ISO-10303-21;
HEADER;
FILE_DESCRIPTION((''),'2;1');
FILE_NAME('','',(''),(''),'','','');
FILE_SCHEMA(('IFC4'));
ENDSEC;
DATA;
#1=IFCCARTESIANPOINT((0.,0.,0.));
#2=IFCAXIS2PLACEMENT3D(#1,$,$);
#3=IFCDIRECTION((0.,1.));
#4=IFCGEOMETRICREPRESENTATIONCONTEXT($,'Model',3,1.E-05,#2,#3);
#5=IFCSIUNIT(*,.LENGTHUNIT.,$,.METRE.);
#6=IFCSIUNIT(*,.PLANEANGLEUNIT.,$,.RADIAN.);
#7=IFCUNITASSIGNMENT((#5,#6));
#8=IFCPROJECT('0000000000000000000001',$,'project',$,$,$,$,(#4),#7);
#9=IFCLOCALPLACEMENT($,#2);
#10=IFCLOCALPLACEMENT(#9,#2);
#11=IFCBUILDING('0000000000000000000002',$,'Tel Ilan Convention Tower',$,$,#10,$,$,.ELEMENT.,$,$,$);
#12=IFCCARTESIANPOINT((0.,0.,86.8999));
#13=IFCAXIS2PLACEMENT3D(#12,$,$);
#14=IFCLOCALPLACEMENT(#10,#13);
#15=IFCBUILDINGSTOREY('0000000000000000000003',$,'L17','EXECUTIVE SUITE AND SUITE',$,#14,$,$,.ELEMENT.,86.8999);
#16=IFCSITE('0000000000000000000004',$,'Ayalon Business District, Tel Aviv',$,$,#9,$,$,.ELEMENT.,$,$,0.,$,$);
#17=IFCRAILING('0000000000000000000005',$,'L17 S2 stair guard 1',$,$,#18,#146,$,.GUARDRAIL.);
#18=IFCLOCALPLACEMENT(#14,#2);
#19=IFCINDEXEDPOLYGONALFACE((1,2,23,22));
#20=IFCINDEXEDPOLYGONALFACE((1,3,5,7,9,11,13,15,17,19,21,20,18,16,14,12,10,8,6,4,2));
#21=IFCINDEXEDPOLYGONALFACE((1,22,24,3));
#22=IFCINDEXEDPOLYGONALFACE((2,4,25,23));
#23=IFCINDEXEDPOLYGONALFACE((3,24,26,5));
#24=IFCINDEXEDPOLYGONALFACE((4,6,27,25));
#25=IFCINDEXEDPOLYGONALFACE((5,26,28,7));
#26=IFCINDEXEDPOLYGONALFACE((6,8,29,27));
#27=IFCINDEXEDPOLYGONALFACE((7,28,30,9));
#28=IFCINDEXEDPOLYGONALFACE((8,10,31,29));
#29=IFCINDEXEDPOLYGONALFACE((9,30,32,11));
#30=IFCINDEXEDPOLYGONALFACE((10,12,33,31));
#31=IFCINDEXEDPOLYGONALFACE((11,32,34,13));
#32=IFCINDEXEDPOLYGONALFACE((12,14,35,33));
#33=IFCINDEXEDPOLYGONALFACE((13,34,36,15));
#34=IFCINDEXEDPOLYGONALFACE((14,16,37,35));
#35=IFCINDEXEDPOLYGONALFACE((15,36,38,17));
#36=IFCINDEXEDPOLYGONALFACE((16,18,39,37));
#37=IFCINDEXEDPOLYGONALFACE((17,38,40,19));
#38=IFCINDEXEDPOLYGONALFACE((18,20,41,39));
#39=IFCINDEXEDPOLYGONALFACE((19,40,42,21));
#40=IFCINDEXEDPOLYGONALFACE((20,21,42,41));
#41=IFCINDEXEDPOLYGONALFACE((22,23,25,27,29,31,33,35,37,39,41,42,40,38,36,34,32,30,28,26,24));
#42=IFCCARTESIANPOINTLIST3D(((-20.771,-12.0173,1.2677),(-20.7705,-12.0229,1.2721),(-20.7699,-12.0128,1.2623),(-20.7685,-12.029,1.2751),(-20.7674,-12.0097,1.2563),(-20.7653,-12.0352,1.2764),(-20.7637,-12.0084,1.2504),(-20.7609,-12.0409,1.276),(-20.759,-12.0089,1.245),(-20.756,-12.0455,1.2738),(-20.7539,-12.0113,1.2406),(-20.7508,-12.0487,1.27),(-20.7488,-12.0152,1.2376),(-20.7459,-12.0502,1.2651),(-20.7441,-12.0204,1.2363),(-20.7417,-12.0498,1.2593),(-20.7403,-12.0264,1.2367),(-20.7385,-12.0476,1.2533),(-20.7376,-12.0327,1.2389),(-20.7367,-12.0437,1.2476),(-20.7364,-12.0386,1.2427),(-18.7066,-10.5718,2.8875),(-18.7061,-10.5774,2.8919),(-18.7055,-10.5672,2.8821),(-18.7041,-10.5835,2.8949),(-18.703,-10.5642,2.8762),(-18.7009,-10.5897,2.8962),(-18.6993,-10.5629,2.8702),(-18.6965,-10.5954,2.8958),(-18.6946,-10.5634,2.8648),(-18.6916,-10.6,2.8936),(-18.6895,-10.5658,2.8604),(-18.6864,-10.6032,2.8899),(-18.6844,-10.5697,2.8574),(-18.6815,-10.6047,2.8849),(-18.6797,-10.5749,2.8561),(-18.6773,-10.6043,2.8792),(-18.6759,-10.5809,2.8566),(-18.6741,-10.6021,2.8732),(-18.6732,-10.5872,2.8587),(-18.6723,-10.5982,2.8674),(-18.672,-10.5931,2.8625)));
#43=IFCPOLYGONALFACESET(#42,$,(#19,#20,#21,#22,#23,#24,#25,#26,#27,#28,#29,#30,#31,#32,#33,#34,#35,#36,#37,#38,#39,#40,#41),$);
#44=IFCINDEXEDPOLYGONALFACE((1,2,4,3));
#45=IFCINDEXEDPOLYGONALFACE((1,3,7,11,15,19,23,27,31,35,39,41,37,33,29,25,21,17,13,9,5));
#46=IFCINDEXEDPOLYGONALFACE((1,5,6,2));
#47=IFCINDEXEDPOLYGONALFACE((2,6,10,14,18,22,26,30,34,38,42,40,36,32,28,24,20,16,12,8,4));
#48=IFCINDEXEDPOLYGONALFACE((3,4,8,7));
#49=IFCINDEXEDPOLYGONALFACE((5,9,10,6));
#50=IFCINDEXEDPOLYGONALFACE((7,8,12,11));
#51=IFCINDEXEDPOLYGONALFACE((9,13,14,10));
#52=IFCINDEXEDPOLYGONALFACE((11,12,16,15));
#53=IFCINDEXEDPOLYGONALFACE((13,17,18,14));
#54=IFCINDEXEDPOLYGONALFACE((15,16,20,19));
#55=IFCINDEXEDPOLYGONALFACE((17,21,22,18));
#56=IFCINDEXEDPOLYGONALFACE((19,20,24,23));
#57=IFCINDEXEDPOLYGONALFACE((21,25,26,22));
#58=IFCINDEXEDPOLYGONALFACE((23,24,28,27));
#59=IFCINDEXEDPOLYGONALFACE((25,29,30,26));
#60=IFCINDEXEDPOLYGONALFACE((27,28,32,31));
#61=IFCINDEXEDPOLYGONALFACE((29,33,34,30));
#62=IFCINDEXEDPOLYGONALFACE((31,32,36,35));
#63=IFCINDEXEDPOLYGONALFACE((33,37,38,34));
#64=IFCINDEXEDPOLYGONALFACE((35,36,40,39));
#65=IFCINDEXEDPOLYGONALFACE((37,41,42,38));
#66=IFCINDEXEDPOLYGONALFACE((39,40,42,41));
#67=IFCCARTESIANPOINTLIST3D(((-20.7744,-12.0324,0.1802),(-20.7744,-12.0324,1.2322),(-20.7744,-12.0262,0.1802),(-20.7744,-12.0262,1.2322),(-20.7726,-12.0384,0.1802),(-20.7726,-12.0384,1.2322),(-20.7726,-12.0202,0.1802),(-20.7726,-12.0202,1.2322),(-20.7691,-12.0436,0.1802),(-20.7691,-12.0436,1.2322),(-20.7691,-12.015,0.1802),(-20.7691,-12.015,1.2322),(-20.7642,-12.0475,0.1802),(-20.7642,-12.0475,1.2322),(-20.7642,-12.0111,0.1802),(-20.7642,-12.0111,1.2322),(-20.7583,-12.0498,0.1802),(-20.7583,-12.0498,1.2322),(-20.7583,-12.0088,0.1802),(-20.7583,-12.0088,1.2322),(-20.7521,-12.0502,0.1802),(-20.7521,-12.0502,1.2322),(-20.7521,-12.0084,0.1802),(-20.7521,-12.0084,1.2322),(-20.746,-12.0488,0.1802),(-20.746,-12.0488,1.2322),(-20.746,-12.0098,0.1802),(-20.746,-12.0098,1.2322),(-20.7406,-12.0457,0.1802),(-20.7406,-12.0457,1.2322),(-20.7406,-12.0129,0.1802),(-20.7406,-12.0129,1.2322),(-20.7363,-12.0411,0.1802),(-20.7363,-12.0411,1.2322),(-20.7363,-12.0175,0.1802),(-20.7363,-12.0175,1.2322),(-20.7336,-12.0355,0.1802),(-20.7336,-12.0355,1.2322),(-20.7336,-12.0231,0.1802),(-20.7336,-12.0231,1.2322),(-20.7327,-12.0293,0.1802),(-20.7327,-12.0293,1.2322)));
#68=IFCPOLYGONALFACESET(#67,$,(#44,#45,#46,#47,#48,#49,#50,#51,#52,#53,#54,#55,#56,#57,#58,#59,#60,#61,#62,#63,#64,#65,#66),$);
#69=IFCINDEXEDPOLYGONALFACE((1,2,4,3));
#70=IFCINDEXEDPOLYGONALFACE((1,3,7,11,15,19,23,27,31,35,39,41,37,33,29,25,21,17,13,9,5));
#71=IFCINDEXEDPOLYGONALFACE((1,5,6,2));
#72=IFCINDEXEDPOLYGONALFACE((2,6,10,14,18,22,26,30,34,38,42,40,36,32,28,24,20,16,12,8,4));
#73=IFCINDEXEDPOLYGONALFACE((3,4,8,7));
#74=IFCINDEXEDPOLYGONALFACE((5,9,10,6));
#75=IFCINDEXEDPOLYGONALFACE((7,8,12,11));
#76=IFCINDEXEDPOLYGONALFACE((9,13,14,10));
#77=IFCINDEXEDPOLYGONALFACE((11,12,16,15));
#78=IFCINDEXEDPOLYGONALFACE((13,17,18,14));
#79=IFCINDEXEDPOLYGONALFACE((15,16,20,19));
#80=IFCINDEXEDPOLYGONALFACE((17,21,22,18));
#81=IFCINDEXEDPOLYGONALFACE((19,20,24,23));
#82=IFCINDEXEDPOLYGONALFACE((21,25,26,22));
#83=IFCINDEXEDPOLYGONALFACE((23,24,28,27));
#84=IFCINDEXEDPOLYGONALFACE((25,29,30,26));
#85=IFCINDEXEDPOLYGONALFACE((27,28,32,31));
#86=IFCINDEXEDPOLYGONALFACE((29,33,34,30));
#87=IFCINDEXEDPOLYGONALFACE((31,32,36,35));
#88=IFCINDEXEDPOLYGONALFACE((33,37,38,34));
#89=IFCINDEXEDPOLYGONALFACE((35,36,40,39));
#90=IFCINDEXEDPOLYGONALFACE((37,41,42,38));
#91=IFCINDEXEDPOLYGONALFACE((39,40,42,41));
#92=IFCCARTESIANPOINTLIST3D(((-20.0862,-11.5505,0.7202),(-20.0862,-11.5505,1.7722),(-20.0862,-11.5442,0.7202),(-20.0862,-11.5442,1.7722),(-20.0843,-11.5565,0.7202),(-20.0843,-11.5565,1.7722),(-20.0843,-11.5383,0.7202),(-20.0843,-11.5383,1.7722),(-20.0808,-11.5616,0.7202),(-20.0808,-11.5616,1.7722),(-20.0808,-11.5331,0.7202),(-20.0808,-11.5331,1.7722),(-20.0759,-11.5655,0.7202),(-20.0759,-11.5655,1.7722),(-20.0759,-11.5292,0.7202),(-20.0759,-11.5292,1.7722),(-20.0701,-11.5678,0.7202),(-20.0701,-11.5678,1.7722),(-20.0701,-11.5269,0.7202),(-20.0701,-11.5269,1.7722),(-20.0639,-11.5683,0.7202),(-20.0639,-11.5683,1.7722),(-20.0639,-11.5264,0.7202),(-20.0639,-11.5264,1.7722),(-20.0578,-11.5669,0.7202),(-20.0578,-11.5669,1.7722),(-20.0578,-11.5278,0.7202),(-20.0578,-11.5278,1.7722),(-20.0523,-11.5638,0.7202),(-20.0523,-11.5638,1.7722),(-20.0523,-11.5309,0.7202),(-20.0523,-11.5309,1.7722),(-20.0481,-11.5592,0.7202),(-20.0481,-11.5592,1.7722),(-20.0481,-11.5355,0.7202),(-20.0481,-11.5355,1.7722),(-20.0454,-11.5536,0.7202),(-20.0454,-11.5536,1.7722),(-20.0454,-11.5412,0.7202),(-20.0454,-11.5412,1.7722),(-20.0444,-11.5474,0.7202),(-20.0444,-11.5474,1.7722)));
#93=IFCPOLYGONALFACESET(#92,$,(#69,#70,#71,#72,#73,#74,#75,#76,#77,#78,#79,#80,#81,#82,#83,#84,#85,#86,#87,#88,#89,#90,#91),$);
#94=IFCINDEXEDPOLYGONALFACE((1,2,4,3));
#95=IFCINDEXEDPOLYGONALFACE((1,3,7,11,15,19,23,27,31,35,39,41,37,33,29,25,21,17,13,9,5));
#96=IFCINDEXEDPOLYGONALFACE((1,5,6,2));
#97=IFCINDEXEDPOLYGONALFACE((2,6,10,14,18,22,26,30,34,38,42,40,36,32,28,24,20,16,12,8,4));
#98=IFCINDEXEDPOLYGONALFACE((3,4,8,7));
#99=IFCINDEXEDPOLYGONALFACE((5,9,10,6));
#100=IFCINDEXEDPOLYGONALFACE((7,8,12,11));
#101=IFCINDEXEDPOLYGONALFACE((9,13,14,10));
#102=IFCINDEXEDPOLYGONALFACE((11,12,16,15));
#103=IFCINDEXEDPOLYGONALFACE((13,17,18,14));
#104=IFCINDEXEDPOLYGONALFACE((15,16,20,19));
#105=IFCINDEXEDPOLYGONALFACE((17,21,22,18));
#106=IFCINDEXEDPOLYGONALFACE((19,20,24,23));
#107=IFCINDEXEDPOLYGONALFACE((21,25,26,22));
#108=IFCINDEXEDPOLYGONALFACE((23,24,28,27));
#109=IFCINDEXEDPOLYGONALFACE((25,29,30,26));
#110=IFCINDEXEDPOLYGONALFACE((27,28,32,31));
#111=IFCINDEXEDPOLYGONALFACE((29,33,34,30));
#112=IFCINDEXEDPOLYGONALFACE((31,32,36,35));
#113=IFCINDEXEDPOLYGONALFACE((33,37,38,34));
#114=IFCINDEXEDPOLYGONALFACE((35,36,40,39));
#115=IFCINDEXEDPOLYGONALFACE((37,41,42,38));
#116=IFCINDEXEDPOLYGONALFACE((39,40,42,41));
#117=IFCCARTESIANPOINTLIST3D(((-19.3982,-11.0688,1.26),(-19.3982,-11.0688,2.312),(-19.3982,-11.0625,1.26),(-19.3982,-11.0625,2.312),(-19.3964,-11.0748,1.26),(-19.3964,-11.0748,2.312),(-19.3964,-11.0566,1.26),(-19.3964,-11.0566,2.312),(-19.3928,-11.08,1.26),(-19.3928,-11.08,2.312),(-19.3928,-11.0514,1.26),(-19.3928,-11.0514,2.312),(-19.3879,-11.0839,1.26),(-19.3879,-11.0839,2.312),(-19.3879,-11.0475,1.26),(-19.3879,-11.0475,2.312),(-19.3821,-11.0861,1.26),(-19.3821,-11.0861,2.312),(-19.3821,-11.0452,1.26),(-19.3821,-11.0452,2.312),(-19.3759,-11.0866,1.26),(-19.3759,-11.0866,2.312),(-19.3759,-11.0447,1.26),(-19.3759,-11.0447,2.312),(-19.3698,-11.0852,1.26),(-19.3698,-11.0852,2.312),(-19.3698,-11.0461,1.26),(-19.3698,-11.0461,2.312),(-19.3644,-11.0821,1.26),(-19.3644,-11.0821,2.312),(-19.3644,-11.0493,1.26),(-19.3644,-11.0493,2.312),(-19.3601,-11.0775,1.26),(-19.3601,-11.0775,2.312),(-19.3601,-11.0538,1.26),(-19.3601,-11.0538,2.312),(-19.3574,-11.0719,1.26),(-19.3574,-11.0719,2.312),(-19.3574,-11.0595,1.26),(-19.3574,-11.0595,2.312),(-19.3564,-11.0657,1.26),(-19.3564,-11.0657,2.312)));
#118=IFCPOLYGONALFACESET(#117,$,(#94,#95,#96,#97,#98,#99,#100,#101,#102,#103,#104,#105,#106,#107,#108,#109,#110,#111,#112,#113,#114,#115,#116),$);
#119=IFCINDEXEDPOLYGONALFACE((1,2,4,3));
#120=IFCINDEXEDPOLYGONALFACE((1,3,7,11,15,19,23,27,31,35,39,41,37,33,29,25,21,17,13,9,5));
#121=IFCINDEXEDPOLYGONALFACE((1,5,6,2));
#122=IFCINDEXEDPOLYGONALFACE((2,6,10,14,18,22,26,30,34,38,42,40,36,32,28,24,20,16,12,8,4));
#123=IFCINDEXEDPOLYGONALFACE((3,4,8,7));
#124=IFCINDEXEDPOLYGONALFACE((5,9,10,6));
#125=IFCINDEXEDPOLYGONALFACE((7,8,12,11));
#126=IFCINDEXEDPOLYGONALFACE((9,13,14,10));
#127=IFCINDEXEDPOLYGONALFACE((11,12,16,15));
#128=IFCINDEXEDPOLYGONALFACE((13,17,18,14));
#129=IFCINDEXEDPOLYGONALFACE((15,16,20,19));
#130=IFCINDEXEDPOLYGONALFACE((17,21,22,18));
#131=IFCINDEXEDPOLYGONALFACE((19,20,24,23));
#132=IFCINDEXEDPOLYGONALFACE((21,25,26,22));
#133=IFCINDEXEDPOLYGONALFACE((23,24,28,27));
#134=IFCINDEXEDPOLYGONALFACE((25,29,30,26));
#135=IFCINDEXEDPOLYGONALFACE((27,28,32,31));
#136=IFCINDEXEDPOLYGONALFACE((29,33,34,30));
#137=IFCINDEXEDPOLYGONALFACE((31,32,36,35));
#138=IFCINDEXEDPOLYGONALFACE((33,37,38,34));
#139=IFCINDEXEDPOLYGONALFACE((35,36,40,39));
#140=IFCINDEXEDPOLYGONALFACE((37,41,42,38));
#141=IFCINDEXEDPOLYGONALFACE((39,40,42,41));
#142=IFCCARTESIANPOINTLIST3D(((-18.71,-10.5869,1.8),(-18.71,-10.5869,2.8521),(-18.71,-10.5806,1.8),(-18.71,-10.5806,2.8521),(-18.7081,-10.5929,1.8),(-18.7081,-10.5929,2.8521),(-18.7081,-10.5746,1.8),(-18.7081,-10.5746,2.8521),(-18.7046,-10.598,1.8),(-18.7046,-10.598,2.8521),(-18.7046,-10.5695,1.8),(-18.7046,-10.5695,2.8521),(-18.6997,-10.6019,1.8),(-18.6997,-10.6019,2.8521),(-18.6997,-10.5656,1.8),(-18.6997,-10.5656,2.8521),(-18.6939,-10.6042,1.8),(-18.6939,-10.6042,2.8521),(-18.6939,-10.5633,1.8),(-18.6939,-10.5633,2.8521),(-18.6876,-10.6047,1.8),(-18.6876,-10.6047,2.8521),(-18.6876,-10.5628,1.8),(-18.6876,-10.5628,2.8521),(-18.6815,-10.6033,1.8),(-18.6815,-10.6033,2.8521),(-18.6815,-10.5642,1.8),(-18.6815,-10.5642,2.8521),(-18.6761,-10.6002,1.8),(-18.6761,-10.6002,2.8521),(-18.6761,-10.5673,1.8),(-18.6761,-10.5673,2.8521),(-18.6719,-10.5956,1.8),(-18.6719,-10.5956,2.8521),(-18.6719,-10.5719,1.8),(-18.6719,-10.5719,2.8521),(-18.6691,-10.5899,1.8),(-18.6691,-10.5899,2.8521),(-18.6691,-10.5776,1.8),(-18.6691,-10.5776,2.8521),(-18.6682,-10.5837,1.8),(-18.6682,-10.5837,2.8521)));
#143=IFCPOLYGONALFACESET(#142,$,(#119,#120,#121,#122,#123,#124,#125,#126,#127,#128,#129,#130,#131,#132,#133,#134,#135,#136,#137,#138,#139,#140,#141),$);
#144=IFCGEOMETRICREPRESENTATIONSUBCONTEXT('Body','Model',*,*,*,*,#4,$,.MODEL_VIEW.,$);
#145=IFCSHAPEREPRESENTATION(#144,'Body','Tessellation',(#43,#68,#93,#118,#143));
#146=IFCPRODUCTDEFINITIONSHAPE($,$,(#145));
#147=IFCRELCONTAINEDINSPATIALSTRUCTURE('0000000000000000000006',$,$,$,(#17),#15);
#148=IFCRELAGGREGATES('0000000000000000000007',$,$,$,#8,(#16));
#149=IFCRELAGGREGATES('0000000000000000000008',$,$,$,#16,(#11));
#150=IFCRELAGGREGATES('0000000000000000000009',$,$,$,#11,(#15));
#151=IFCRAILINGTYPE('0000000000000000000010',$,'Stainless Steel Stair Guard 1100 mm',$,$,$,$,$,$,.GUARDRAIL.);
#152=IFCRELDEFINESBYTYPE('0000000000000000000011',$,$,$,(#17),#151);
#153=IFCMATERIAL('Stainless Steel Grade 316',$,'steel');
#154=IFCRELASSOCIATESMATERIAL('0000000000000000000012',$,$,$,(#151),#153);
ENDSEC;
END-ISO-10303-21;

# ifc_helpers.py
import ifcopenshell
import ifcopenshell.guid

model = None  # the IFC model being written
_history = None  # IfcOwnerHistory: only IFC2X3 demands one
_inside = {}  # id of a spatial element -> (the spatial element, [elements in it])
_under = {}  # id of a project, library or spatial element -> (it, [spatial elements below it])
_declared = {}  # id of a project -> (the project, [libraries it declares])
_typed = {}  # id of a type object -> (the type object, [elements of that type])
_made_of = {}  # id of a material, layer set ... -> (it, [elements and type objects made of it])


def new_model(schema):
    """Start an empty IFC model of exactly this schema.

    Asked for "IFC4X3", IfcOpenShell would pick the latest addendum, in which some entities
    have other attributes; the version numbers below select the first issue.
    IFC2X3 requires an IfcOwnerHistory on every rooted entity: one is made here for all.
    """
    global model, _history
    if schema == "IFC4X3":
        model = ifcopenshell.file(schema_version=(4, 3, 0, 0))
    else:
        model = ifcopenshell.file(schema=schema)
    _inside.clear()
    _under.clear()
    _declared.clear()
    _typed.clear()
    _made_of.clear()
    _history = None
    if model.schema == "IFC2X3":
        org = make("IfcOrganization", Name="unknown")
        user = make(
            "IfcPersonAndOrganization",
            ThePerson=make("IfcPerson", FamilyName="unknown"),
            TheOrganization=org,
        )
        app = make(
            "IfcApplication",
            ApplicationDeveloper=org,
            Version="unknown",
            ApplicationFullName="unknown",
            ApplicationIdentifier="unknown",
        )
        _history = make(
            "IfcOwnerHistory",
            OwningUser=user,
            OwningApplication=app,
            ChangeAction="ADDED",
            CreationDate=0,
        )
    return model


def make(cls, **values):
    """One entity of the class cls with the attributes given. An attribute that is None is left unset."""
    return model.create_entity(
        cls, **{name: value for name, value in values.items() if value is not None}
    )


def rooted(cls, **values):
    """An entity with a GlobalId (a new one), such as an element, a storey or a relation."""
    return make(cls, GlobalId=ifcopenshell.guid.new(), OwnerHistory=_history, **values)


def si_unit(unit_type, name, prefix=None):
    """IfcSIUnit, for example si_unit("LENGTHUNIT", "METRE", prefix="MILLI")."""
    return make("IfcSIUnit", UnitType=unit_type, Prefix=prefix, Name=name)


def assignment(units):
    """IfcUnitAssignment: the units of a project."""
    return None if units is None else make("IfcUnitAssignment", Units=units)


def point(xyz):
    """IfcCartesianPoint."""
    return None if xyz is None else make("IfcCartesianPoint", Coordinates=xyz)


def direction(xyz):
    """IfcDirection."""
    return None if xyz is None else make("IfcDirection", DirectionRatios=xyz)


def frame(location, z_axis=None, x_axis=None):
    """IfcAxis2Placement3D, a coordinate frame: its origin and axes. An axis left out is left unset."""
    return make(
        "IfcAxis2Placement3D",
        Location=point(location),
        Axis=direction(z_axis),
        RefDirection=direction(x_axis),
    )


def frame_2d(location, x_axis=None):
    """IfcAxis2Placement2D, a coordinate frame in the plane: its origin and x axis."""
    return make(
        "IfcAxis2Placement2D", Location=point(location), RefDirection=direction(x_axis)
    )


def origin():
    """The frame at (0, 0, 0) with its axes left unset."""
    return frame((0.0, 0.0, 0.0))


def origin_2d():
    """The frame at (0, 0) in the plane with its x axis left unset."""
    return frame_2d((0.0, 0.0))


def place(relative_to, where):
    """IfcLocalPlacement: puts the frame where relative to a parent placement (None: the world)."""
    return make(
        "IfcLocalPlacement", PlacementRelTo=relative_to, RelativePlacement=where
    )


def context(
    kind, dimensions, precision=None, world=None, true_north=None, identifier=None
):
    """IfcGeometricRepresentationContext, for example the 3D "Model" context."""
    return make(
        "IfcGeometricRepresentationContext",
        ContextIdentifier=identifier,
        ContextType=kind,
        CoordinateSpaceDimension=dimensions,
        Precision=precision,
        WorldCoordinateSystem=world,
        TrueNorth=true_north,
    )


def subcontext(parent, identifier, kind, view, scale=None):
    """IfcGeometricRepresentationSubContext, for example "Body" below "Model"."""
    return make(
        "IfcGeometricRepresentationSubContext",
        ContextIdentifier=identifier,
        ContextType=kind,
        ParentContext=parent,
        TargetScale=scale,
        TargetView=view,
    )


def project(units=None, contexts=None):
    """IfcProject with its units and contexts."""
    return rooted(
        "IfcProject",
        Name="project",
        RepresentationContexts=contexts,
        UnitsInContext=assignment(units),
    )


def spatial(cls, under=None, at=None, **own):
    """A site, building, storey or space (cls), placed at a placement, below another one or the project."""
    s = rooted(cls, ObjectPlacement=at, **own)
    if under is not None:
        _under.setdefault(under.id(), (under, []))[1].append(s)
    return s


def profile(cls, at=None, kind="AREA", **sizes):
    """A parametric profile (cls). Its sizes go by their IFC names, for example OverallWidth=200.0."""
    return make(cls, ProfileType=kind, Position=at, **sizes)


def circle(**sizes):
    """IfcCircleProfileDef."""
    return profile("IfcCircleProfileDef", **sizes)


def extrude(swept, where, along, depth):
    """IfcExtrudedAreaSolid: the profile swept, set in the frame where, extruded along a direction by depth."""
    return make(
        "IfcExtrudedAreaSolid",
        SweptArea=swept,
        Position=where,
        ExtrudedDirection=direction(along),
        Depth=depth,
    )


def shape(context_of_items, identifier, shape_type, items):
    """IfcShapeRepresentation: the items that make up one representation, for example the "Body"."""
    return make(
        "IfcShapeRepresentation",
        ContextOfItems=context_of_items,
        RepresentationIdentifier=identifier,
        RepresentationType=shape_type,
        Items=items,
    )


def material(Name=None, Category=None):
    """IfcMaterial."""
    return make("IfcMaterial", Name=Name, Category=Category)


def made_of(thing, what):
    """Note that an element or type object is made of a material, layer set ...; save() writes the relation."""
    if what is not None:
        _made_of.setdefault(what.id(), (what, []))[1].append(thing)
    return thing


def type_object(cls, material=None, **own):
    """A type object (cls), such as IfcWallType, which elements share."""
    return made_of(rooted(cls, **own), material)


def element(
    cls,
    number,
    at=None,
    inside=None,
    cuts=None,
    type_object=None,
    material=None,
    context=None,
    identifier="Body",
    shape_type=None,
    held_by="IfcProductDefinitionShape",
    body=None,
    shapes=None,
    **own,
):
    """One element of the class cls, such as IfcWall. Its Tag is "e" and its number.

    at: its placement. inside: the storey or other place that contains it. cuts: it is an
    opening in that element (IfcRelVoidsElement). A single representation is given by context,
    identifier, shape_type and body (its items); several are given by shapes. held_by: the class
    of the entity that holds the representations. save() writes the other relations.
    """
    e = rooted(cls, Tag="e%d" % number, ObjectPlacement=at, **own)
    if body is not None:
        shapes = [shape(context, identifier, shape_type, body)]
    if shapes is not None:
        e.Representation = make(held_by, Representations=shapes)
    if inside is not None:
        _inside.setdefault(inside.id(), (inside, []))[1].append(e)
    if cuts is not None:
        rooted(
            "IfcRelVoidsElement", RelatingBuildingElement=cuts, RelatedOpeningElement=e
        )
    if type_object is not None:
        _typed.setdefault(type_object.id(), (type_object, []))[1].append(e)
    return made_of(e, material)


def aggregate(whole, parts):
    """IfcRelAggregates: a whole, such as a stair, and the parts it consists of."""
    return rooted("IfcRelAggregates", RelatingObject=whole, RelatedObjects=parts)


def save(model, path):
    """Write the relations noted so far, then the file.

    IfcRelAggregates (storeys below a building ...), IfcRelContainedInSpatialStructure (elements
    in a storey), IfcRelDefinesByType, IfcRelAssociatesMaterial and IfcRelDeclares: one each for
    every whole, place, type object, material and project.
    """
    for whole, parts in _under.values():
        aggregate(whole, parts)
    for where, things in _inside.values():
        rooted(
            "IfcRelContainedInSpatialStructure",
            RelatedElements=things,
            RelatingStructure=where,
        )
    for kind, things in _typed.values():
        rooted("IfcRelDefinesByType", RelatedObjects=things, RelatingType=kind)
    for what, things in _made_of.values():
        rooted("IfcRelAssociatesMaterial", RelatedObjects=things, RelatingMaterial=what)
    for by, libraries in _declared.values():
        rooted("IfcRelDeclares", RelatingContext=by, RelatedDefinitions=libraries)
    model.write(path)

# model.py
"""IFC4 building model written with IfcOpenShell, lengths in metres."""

from ifc_helpers import new_model, si_unit, direction, frame, origin, origin_2d, place, context, subcontext, project, spatial, circle, extrude, material, type_object, element, save


model = new_model("IFC4")

# Units and contexts
model_context = context("Model", 3, precision=1e-05, world=origin(), true_north=direction((0.0, 1.0)))
body_context = subcontext(model_context, "Body", "Model", "MODEL_VIEW")
ifc_project = project(units=[si_unit("LENGTHUNIT", "METRE"), si_unit("PLANEANGLEUNIT", "RADIAN")], contexts=[model_context])

# Site, building, storey
site_placement = place(None, origin())
site = spatial("IfcSite", under=ifc_project, at=site_placement, Name="Ayalon Business District, Tel Aviv", CompositionType="ELEMENT", RefElevation=0.0)
building_placement = place(site_placement, origin())
building = spatial("IfcBuilding", under=site, at=building_placement, Name="Tel Ilan Convention Tower", CompositionType="ELEMENT")
storey_placement = place(building_placement, frame((0.0, 0.0, 86.8999)))
storey = spatial("IfcBuildingStorey", under=building, at=storey_placement, Name="L17", Description="EXECUTIVE SUITE AND SUITE", CompositionType="ELEMENT", Elevation=86.8999)

# Railing
ifc_material_1 = material(Name="Stainless Steel Grade 316", Category="steel")
railing_type_1 = type_object("IfcRailingType", Name="Stainless Steel Stair Guard 1100 mm", PredefinedType="GUARDRAIL", material=ifc_material_1)
railing_1_placement = place(storey_placement, frame((-20.7537, -12.0293, 0.1802)))
element("IfcRailing", 1, at=railing_1_placement, inside=storey, type_object=railing_type_1, Name="L17 S2 stair guard 1", PredefinedType="GUARDRAIL", context=body_context, shape_type="SweptSolid", body=[
    extrude(circle(Radius=0.0239, at=origin_2d()), frame((0.0, 0.0, 1.0762), z_axis=(0.689086, 0.482507, 0.540691), x_axis=(-0.573579, 0.81915, 0.0)), (0.0, 0.0, 1.0), 2.9958),
    extrude(circle(Radius=0.021, at=origin_2d()), origin(), (0.0, 0.0, 1.0), 1.052),
    extrude(circle(Radius=0.021, at=origin_2d()), frame((0.6882, 0.4819, 0.54)), (0.0, 0.0, 1.0), 1.052),
    extrude(circle(Radius=0.021, at=origin_2d()), frame((1.3762, 0.9636, 1.0798)), (0.0, 0.0, 1.0), 1.052),
    extrude(circle(Radius=0.021, at=origin_2d()), frame((2.0645, 1.4456, 1.6199)), (0.0, 0.0, 1.0), 1.052),
])

save(model, "model.ifc")
